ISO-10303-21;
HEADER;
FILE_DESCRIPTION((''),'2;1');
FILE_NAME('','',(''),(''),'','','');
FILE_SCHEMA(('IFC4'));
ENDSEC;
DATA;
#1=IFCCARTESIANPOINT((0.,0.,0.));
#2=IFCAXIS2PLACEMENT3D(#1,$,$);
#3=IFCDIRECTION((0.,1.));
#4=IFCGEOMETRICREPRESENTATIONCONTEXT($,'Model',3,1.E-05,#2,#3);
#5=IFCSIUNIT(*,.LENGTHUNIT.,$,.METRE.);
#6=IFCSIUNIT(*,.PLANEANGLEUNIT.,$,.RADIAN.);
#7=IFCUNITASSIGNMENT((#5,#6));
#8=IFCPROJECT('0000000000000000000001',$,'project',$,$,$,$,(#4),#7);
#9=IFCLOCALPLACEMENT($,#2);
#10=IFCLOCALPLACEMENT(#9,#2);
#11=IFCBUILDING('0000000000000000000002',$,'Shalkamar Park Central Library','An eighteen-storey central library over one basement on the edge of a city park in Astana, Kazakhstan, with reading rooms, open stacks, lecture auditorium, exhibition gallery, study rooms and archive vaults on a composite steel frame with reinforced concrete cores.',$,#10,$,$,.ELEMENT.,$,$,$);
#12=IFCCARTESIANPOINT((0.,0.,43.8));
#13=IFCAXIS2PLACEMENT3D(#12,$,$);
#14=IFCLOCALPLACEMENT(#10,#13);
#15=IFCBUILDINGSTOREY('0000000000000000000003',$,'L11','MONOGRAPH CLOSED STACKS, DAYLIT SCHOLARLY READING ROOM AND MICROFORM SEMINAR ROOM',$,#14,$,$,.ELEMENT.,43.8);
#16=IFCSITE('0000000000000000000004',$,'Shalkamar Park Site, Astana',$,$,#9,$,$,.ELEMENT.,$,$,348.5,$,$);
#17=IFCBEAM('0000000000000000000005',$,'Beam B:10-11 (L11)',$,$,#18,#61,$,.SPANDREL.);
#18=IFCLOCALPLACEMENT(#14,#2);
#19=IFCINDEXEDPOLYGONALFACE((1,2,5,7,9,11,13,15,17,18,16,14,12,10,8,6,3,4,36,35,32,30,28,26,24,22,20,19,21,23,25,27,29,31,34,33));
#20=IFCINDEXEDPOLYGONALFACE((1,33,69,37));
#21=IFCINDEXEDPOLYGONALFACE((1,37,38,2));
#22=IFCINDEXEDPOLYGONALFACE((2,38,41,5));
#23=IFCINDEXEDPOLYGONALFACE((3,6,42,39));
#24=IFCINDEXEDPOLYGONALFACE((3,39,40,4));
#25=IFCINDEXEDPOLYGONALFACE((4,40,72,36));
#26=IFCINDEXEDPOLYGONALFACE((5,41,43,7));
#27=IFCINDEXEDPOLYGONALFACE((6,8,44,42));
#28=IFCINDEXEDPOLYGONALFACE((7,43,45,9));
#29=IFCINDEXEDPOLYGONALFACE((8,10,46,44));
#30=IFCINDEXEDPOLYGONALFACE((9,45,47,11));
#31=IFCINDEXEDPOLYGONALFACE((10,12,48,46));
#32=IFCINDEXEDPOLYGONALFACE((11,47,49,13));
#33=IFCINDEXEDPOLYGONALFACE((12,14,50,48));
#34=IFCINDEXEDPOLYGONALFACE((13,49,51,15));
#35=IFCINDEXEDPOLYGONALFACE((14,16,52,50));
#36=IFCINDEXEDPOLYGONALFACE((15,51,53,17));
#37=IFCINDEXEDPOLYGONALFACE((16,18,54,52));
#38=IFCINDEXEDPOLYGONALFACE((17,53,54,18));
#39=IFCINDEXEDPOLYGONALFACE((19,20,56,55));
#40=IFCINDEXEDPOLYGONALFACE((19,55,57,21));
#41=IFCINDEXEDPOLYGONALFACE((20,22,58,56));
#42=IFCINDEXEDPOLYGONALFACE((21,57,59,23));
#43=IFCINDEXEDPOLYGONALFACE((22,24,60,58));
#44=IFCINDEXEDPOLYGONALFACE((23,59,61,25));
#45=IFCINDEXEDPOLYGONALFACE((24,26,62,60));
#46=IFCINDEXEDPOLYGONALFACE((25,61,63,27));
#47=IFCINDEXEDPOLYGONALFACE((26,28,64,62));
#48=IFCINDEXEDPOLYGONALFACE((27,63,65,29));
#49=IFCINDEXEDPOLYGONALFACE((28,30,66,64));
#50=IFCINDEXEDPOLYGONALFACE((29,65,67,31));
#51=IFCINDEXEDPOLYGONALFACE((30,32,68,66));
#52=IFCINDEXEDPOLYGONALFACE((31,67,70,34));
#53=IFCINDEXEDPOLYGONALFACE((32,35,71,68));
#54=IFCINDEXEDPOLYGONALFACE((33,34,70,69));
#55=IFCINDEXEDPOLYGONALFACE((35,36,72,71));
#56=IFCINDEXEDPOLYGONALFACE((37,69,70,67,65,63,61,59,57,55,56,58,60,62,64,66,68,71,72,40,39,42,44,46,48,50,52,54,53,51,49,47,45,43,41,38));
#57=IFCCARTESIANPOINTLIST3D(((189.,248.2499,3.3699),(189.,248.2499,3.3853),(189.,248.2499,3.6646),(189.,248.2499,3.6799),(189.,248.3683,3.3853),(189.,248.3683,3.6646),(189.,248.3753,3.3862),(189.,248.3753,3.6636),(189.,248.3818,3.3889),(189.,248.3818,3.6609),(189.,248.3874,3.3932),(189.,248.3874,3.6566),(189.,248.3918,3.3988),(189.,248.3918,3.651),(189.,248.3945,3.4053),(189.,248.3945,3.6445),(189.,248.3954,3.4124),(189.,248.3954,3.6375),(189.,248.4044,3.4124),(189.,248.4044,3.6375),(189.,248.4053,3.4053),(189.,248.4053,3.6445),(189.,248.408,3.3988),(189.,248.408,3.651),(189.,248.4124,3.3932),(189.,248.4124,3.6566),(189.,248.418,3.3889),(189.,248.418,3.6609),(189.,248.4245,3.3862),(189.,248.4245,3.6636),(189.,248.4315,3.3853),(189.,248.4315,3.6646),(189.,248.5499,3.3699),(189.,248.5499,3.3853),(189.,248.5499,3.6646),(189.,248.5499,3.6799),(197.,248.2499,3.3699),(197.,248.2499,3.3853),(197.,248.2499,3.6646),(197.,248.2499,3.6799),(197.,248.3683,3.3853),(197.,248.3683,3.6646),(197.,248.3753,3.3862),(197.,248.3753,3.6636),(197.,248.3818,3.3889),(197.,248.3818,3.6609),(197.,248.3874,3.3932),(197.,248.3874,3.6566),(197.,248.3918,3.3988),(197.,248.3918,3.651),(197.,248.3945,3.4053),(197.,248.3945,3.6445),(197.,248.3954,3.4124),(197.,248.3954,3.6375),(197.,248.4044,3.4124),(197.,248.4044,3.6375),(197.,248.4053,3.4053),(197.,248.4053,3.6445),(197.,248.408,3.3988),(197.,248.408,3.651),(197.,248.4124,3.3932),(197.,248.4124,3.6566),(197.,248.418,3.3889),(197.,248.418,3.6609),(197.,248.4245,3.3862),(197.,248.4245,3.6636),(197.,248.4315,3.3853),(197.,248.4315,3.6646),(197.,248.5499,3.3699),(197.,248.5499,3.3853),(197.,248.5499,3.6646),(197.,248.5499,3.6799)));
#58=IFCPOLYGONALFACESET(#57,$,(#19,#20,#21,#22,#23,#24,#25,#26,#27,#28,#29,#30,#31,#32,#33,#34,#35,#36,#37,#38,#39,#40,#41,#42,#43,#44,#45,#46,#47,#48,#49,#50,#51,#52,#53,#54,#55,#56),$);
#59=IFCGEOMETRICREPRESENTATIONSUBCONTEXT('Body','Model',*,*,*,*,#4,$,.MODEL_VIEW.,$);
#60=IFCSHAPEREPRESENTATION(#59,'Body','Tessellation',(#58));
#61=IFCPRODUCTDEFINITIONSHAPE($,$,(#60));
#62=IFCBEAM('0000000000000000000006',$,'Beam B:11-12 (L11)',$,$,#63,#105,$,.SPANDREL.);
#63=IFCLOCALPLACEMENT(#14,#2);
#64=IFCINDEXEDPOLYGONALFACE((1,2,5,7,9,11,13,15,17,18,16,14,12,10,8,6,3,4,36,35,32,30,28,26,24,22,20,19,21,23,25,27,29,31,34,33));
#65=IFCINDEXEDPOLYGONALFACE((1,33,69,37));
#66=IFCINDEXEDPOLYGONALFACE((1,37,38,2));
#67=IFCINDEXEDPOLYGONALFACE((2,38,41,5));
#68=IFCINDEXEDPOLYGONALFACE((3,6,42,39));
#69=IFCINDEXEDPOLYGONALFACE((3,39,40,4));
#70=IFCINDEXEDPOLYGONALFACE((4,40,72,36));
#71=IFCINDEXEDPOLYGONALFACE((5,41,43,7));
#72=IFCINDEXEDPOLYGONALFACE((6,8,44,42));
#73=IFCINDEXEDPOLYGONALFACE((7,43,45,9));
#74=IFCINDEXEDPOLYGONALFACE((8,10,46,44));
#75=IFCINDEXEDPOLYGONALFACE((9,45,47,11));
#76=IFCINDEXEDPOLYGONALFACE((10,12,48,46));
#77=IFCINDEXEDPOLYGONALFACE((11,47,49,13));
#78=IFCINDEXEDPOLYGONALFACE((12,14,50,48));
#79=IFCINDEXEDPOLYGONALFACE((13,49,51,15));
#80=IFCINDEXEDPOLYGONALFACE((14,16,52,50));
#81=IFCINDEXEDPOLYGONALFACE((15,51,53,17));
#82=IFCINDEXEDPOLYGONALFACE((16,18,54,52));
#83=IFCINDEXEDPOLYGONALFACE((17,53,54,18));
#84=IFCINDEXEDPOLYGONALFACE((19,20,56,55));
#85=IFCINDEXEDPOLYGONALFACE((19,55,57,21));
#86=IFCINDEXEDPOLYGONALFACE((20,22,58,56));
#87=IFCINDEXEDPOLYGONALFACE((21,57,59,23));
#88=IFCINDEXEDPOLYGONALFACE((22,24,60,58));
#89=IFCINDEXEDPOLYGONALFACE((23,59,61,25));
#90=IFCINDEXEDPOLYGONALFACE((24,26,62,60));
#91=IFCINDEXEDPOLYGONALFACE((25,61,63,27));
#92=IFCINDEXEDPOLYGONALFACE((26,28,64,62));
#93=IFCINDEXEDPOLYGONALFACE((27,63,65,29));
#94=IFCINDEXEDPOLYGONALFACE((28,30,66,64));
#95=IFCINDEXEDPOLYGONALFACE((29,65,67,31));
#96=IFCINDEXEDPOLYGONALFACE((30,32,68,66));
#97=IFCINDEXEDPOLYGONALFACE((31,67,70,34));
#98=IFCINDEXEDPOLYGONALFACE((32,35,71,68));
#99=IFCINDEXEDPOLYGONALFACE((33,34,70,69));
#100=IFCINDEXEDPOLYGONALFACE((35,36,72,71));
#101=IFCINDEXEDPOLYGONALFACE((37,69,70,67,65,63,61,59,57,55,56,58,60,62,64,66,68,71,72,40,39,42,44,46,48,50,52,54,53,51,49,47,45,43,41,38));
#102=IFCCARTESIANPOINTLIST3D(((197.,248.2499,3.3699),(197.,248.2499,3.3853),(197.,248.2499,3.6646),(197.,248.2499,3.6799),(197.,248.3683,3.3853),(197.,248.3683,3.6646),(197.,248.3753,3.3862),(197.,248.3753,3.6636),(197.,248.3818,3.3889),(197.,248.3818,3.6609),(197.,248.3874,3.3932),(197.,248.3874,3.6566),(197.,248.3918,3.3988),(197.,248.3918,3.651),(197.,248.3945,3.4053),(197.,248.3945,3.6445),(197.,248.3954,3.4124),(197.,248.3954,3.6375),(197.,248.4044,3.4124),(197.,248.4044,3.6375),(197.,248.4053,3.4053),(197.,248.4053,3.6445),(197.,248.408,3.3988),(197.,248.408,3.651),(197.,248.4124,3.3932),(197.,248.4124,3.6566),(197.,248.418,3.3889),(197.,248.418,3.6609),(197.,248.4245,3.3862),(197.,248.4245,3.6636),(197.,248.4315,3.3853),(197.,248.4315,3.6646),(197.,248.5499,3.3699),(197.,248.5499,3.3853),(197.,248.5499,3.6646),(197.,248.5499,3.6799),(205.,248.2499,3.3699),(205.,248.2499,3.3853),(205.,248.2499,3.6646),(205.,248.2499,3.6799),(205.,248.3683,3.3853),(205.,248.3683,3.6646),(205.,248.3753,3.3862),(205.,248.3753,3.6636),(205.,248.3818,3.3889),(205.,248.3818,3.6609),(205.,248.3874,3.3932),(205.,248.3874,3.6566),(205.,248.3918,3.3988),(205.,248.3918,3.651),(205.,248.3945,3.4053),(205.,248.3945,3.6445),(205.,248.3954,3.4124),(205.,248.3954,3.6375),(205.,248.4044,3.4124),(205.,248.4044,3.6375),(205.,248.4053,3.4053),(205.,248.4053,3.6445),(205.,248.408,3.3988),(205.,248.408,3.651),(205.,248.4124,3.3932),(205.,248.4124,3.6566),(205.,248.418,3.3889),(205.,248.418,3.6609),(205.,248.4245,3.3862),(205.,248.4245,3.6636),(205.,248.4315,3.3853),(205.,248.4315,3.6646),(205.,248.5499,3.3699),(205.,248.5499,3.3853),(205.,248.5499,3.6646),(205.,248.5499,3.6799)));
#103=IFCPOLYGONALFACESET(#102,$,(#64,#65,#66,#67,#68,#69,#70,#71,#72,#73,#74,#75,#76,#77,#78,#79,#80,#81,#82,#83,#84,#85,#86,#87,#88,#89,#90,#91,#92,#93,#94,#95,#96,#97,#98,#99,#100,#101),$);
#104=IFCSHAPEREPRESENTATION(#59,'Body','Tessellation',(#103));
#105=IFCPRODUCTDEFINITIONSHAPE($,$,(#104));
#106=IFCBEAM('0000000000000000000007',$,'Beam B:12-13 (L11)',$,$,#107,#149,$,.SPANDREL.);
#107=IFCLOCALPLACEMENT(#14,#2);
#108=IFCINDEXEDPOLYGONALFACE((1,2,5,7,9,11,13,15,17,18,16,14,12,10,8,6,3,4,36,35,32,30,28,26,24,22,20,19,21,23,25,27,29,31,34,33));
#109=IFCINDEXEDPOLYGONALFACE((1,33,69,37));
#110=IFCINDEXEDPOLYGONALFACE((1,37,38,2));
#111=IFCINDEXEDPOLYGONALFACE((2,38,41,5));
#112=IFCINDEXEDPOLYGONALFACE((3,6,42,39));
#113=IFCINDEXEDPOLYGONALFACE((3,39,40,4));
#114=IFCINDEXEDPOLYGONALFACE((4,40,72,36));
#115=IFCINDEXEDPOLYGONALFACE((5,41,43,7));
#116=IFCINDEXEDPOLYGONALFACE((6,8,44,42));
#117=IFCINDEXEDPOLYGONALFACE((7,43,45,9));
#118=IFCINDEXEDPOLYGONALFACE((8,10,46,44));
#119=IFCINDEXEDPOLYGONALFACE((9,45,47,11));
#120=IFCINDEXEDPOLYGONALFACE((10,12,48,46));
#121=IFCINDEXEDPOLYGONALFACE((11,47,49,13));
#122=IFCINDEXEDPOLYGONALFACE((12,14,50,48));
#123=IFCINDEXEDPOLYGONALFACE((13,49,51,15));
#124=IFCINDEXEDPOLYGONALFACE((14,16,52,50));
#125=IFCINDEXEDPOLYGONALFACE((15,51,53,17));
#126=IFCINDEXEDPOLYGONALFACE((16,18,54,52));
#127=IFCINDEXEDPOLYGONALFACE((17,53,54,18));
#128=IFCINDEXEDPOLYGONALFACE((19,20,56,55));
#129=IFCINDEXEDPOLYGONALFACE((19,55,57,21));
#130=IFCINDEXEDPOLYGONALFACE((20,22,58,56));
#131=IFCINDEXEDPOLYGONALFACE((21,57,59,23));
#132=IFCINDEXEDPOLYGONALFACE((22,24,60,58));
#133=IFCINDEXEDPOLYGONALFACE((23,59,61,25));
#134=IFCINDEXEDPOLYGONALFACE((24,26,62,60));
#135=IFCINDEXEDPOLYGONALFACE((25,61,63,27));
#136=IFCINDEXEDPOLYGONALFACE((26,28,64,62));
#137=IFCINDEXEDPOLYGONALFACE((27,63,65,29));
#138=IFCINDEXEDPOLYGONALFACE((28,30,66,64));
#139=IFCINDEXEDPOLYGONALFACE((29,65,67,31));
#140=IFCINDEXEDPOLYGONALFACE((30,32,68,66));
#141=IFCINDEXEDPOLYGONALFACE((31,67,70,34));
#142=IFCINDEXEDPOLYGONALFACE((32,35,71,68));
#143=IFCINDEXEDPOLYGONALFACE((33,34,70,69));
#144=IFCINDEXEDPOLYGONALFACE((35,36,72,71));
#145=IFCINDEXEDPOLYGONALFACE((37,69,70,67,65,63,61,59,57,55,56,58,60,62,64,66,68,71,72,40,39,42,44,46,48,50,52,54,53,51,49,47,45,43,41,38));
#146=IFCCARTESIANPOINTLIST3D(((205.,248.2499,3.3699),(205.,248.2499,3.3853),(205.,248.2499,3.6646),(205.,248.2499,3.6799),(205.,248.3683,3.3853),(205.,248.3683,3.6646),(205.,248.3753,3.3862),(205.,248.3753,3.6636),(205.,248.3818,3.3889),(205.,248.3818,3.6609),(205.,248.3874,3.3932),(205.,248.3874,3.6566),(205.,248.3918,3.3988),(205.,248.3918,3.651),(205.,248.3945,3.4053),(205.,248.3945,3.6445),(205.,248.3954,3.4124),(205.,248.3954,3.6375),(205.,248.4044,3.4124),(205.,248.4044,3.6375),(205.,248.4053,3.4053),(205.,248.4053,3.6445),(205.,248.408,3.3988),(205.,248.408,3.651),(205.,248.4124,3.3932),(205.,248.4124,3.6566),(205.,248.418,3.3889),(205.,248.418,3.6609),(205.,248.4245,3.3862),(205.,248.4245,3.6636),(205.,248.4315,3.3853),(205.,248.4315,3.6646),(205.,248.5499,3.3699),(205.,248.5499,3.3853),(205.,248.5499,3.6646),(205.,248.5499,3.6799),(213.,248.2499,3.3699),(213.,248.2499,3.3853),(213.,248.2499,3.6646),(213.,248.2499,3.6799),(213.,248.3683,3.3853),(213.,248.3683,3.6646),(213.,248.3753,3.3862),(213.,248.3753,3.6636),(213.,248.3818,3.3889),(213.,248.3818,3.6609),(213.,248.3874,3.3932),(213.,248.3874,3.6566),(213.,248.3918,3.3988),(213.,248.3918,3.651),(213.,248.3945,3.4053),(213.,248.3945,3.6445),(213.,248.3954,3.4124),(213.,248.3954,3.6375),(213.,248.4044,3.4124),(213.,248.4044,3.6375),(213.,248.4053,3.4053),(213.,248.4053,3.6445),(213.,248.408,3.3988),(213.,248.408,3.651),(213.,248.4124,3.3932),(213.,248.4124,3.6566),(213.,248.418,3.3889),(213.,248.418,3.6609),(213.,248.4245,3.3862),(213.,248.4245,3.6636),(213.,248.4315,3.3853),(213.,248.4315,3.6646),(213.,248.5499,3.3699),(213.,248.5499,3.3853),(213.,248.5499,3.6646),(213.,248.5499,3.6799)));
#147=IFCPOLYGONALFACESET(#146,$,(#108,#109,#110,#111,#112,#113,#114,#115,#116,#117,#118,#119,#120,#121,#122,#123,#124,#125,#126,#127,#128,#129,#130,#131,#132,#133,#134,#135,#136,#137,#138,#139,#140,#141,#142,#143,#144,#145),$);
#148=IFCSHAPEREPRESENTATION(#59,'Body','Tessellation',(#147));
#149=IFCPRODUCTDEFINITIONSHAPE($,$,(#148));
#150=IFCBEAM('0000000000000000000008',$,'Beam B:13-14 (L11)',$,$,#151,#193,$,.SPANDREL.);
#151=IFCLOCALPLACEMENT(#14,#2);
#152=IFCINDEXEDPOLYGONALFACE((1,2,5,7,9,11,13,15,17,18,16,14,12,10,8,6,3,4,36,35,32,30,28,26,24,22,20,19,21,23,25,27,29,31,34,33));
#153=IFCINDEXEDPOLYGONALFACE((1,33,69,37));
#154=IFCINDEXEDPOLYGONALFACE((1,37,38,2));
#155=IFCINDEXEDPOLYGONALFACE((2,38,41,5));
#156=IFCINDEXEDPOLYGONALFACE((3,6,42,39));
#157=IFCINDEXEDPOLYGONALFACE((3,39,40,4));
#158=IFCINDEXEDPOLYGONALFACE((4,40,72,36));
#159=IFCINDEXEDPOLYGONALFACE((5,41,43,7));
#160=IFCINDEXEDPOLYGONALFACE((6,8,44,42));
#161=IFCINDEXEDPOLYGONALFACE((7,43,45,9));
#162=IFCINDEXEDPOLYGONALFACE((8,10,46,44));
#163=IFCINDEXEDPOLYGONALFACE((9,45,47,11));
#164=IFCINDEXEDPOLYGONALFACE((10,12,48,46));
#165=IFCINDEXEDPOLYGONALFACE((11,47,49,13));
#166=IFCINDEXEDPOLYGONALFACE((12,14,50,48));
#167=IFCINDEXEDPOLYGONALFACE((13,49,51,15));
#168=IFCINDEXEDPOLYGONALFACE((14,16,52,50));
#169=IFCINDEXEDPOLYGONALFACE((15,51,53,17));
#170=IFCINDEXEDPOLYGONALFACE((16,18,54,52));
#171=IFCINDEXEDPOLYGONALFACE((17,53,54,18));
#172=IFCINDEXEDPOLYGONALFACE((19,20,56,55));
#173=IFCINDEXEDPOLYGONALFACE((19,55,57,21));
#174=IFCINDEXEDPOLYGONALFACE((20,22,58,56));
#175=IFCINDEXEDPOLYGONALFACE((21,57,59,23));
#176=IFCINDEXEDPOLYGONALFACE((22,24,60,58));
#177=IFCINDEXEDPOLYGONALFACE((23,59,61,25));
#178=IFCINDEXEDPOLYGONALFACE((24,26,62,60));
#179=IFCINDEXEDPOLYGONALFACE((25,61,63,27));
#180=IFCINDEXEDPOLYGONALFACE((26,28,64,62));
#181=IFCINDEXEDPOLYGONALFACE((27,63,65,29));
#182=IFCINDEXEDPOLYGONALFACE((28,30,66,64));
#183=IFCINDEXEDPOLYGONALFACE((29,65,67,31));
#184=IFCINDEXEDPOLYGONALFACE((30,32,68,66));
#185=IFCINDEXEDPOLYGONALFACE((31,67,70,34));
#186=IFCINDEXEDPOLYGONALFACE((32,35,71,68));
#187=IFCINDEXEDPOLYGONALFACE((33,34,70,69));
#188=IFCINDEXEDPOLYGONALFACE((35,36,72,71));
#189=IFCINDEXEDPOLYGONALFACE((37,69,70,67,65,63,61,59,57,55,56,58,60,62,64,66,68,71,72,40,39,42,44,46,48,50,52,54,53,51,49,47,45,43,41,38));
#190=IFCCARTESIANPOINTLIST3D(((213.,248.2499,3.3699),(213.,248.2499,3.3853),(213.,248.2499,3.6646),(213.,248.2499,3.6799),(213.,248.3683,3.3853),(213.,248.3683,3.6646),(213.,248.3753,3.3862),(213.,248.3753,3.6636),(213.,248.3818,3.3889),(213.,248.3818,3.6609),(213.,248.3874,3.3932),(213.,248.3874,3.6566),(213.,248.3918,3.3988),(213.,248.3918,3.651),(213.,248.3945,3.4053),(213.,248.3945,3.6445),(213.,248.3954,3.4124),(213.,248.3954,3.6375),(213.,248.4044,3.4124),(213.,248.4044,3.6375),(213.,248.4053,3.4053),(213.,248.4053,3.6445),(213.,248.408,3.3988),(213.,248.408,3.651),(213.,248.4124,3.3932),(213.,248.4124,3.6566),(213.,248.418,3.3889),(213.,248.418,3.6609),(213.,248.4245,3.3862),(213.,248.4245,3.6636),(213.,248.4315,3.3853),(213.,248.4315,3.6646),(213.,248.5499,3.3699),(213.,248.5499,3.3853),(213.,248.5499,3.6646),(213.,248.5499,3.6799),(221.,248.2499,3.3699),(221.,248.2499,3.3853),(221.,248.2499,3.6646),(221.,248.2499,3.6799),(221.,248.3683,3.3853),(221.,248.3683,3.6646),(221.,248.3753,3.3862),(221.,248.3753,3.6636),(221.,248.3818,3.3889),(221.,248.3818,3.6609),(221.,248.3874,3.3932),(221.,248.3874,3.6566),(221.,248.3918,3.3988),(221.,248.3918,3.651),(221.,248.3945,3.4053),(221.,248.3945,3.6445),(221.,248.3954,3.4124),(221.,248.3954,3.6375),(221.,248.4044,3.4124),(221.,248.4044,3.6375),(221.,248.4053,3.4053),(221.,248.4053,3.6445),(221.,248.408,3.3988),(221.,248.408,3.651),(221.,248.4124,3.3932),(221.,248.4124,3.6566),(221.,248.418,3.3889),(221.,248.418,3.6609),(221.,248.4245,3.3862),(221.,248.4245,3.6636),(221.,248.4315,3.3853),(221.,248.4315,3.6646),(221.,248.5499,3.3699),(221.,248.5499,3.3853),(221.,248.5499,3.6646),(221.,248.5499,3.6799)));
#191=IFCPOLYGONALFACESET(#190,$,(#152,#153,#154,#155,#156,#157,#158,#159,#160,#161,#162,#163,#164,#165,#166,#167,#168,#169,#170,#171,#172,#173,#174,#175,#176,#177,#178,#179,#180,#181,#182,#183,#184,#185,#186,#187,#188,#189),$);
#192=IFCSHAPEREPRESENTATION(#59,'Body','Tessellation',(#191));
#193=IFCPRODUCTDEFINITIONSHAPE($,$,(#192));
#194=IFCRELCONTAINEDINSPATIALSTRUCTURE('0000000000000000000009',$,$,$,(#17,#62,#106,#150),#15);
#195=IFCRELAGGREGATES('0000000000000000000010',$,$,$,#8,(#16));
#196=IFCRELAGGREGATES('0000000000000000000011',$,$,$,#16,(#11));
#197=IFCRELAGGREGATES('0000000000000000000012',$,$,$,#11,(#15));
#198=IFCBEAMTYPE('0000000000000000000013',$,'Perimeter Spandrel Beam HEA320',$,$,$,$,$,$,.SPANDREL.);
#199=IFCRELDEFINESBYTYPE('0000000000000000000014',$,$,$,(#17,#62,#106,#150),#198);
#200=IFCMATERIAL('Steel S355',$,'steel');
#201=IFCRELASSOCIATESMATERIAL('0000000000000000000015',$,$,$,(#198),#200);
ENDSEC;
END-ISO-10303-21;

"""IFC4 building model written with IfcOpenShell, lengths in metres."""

from ifc_helpers import new_model, si_unit, direction, frame, origin, origin_2d, place, context, subcontext, project, spatial, i_section, extrude, material, material_profile, profile_set, type_object, element, save


model = new_model("IFC4")

# Units and contexts
model_context = context("Model", 3, precision=1e-05, world=origin(), true_north=direction((0.0, 1.0)))
body_context = subcontext(model_context, "Body", "Model", "MODEL_VIEW")
ifc_project = project(units=[si_unit("LENGTHUNIT", "METRE"), si_unit("PLANEANGLEUNIT", "RADIAN")], contexts=[model_context])

# Site, building, storey
site_placement = place(None, origin())
site = spatial("IfcSite", under=ifc_project, at=site_placement, Name="Shalkamar Park Site, Astana", CompositionType="ELEMENT", RefElevation=348.5)
building_placement = place(site_placement, origin())
building = spatial("IfcBuilding", under=site, at=building_placement, Name="Shalkamar Park Central Library", Description="An eighteen-storey central library over one basement on the edge of a city park in Astana, Kazakhstan, with reading rooms, open stacks, lecture auditorium, exhibition gallery, study rooms and archive vaults on a composite steel frame with reinforced concrete cores.", CompositionType="ELEMENT")
storey_placement = place(building_placement, frame((0.0, 0.0, 43.8)))
storey = spatial("IfcBuildingStorey", under=building, at=storey_placement, Name="L11", Description="MONOGRAPH CLOSED STACKS, DAYLIT SCHOLARLY READING ROOM AND MICROFORM SEMINAR ROOM", CompositionType="ELEMENT", Elevation=43.8)

# Shared definitions
ifc_material_1 = material(Name="Steel S355", Category="steel")

# Beams
ifc_material_profile_1 = material_profile(ifc_material_1, i_section(OverallWidth=0.3, OverallDepth=0.3101, WebThickness=0.009, FlangeThickness=0.0154, FilletRadius=0.0271, at=origin_2d()), Name="HEA 320")
ifc_profile_set_1 = profile_set([ifc_material_profile_1], Name="Steel S355")
beam_type_1 = type_object("IfcBeamType", Name="Perimeter Spandrel Beam HEA320", PredefinedType="SPANDREL", material=ifc_profile_set_1)
for number, where, z_axis, x_axis, name in (
    (1, (189.0, 248.3999, 3.5249), (1.0, 0.0, 0.0), (0.0, 1.0, 0.0), "Beam B:10-11 (L11)"),
    (2, (197.0, 248.3999, 3.5249), (1.0, 0.0, 0.0), (0.0, 1.0, 0.0), "Beam B:11-12 (L11)"),
    (3, (205.0, 248.3999, 3.5249), (1.0, 0.0, 0.0), (0.0, 1.0, 0.0), "Beam B:12-13 (L11)"),
    (4, (213.0, 248.3999, 3.5249), (1.0, 0.0, 0.0), (0.0, 1.0, 0.0), "Beam B:13-14 (L11)"),
):
    element("IfcBeam", number, at=place(storey_placement, frame(where, z_axis=z_axis, x_axis=x_axis)), inside=storey, type_object=beam_type_1, Name=name, PredefinedType="SPANDREL", context=body_context, shape_type="SweptSolid", body=[
        extrude(i_section(OverallWidth=0.3, OverallDepth=0.3101, WebThickness=0.009, FlangeThickness=0.0154, FilletRadius=0.0271, at=origin_2d()), origin(), (0.0, 0.0, 1.0), 8.0),
    ])

save(model, "model.ifc")
